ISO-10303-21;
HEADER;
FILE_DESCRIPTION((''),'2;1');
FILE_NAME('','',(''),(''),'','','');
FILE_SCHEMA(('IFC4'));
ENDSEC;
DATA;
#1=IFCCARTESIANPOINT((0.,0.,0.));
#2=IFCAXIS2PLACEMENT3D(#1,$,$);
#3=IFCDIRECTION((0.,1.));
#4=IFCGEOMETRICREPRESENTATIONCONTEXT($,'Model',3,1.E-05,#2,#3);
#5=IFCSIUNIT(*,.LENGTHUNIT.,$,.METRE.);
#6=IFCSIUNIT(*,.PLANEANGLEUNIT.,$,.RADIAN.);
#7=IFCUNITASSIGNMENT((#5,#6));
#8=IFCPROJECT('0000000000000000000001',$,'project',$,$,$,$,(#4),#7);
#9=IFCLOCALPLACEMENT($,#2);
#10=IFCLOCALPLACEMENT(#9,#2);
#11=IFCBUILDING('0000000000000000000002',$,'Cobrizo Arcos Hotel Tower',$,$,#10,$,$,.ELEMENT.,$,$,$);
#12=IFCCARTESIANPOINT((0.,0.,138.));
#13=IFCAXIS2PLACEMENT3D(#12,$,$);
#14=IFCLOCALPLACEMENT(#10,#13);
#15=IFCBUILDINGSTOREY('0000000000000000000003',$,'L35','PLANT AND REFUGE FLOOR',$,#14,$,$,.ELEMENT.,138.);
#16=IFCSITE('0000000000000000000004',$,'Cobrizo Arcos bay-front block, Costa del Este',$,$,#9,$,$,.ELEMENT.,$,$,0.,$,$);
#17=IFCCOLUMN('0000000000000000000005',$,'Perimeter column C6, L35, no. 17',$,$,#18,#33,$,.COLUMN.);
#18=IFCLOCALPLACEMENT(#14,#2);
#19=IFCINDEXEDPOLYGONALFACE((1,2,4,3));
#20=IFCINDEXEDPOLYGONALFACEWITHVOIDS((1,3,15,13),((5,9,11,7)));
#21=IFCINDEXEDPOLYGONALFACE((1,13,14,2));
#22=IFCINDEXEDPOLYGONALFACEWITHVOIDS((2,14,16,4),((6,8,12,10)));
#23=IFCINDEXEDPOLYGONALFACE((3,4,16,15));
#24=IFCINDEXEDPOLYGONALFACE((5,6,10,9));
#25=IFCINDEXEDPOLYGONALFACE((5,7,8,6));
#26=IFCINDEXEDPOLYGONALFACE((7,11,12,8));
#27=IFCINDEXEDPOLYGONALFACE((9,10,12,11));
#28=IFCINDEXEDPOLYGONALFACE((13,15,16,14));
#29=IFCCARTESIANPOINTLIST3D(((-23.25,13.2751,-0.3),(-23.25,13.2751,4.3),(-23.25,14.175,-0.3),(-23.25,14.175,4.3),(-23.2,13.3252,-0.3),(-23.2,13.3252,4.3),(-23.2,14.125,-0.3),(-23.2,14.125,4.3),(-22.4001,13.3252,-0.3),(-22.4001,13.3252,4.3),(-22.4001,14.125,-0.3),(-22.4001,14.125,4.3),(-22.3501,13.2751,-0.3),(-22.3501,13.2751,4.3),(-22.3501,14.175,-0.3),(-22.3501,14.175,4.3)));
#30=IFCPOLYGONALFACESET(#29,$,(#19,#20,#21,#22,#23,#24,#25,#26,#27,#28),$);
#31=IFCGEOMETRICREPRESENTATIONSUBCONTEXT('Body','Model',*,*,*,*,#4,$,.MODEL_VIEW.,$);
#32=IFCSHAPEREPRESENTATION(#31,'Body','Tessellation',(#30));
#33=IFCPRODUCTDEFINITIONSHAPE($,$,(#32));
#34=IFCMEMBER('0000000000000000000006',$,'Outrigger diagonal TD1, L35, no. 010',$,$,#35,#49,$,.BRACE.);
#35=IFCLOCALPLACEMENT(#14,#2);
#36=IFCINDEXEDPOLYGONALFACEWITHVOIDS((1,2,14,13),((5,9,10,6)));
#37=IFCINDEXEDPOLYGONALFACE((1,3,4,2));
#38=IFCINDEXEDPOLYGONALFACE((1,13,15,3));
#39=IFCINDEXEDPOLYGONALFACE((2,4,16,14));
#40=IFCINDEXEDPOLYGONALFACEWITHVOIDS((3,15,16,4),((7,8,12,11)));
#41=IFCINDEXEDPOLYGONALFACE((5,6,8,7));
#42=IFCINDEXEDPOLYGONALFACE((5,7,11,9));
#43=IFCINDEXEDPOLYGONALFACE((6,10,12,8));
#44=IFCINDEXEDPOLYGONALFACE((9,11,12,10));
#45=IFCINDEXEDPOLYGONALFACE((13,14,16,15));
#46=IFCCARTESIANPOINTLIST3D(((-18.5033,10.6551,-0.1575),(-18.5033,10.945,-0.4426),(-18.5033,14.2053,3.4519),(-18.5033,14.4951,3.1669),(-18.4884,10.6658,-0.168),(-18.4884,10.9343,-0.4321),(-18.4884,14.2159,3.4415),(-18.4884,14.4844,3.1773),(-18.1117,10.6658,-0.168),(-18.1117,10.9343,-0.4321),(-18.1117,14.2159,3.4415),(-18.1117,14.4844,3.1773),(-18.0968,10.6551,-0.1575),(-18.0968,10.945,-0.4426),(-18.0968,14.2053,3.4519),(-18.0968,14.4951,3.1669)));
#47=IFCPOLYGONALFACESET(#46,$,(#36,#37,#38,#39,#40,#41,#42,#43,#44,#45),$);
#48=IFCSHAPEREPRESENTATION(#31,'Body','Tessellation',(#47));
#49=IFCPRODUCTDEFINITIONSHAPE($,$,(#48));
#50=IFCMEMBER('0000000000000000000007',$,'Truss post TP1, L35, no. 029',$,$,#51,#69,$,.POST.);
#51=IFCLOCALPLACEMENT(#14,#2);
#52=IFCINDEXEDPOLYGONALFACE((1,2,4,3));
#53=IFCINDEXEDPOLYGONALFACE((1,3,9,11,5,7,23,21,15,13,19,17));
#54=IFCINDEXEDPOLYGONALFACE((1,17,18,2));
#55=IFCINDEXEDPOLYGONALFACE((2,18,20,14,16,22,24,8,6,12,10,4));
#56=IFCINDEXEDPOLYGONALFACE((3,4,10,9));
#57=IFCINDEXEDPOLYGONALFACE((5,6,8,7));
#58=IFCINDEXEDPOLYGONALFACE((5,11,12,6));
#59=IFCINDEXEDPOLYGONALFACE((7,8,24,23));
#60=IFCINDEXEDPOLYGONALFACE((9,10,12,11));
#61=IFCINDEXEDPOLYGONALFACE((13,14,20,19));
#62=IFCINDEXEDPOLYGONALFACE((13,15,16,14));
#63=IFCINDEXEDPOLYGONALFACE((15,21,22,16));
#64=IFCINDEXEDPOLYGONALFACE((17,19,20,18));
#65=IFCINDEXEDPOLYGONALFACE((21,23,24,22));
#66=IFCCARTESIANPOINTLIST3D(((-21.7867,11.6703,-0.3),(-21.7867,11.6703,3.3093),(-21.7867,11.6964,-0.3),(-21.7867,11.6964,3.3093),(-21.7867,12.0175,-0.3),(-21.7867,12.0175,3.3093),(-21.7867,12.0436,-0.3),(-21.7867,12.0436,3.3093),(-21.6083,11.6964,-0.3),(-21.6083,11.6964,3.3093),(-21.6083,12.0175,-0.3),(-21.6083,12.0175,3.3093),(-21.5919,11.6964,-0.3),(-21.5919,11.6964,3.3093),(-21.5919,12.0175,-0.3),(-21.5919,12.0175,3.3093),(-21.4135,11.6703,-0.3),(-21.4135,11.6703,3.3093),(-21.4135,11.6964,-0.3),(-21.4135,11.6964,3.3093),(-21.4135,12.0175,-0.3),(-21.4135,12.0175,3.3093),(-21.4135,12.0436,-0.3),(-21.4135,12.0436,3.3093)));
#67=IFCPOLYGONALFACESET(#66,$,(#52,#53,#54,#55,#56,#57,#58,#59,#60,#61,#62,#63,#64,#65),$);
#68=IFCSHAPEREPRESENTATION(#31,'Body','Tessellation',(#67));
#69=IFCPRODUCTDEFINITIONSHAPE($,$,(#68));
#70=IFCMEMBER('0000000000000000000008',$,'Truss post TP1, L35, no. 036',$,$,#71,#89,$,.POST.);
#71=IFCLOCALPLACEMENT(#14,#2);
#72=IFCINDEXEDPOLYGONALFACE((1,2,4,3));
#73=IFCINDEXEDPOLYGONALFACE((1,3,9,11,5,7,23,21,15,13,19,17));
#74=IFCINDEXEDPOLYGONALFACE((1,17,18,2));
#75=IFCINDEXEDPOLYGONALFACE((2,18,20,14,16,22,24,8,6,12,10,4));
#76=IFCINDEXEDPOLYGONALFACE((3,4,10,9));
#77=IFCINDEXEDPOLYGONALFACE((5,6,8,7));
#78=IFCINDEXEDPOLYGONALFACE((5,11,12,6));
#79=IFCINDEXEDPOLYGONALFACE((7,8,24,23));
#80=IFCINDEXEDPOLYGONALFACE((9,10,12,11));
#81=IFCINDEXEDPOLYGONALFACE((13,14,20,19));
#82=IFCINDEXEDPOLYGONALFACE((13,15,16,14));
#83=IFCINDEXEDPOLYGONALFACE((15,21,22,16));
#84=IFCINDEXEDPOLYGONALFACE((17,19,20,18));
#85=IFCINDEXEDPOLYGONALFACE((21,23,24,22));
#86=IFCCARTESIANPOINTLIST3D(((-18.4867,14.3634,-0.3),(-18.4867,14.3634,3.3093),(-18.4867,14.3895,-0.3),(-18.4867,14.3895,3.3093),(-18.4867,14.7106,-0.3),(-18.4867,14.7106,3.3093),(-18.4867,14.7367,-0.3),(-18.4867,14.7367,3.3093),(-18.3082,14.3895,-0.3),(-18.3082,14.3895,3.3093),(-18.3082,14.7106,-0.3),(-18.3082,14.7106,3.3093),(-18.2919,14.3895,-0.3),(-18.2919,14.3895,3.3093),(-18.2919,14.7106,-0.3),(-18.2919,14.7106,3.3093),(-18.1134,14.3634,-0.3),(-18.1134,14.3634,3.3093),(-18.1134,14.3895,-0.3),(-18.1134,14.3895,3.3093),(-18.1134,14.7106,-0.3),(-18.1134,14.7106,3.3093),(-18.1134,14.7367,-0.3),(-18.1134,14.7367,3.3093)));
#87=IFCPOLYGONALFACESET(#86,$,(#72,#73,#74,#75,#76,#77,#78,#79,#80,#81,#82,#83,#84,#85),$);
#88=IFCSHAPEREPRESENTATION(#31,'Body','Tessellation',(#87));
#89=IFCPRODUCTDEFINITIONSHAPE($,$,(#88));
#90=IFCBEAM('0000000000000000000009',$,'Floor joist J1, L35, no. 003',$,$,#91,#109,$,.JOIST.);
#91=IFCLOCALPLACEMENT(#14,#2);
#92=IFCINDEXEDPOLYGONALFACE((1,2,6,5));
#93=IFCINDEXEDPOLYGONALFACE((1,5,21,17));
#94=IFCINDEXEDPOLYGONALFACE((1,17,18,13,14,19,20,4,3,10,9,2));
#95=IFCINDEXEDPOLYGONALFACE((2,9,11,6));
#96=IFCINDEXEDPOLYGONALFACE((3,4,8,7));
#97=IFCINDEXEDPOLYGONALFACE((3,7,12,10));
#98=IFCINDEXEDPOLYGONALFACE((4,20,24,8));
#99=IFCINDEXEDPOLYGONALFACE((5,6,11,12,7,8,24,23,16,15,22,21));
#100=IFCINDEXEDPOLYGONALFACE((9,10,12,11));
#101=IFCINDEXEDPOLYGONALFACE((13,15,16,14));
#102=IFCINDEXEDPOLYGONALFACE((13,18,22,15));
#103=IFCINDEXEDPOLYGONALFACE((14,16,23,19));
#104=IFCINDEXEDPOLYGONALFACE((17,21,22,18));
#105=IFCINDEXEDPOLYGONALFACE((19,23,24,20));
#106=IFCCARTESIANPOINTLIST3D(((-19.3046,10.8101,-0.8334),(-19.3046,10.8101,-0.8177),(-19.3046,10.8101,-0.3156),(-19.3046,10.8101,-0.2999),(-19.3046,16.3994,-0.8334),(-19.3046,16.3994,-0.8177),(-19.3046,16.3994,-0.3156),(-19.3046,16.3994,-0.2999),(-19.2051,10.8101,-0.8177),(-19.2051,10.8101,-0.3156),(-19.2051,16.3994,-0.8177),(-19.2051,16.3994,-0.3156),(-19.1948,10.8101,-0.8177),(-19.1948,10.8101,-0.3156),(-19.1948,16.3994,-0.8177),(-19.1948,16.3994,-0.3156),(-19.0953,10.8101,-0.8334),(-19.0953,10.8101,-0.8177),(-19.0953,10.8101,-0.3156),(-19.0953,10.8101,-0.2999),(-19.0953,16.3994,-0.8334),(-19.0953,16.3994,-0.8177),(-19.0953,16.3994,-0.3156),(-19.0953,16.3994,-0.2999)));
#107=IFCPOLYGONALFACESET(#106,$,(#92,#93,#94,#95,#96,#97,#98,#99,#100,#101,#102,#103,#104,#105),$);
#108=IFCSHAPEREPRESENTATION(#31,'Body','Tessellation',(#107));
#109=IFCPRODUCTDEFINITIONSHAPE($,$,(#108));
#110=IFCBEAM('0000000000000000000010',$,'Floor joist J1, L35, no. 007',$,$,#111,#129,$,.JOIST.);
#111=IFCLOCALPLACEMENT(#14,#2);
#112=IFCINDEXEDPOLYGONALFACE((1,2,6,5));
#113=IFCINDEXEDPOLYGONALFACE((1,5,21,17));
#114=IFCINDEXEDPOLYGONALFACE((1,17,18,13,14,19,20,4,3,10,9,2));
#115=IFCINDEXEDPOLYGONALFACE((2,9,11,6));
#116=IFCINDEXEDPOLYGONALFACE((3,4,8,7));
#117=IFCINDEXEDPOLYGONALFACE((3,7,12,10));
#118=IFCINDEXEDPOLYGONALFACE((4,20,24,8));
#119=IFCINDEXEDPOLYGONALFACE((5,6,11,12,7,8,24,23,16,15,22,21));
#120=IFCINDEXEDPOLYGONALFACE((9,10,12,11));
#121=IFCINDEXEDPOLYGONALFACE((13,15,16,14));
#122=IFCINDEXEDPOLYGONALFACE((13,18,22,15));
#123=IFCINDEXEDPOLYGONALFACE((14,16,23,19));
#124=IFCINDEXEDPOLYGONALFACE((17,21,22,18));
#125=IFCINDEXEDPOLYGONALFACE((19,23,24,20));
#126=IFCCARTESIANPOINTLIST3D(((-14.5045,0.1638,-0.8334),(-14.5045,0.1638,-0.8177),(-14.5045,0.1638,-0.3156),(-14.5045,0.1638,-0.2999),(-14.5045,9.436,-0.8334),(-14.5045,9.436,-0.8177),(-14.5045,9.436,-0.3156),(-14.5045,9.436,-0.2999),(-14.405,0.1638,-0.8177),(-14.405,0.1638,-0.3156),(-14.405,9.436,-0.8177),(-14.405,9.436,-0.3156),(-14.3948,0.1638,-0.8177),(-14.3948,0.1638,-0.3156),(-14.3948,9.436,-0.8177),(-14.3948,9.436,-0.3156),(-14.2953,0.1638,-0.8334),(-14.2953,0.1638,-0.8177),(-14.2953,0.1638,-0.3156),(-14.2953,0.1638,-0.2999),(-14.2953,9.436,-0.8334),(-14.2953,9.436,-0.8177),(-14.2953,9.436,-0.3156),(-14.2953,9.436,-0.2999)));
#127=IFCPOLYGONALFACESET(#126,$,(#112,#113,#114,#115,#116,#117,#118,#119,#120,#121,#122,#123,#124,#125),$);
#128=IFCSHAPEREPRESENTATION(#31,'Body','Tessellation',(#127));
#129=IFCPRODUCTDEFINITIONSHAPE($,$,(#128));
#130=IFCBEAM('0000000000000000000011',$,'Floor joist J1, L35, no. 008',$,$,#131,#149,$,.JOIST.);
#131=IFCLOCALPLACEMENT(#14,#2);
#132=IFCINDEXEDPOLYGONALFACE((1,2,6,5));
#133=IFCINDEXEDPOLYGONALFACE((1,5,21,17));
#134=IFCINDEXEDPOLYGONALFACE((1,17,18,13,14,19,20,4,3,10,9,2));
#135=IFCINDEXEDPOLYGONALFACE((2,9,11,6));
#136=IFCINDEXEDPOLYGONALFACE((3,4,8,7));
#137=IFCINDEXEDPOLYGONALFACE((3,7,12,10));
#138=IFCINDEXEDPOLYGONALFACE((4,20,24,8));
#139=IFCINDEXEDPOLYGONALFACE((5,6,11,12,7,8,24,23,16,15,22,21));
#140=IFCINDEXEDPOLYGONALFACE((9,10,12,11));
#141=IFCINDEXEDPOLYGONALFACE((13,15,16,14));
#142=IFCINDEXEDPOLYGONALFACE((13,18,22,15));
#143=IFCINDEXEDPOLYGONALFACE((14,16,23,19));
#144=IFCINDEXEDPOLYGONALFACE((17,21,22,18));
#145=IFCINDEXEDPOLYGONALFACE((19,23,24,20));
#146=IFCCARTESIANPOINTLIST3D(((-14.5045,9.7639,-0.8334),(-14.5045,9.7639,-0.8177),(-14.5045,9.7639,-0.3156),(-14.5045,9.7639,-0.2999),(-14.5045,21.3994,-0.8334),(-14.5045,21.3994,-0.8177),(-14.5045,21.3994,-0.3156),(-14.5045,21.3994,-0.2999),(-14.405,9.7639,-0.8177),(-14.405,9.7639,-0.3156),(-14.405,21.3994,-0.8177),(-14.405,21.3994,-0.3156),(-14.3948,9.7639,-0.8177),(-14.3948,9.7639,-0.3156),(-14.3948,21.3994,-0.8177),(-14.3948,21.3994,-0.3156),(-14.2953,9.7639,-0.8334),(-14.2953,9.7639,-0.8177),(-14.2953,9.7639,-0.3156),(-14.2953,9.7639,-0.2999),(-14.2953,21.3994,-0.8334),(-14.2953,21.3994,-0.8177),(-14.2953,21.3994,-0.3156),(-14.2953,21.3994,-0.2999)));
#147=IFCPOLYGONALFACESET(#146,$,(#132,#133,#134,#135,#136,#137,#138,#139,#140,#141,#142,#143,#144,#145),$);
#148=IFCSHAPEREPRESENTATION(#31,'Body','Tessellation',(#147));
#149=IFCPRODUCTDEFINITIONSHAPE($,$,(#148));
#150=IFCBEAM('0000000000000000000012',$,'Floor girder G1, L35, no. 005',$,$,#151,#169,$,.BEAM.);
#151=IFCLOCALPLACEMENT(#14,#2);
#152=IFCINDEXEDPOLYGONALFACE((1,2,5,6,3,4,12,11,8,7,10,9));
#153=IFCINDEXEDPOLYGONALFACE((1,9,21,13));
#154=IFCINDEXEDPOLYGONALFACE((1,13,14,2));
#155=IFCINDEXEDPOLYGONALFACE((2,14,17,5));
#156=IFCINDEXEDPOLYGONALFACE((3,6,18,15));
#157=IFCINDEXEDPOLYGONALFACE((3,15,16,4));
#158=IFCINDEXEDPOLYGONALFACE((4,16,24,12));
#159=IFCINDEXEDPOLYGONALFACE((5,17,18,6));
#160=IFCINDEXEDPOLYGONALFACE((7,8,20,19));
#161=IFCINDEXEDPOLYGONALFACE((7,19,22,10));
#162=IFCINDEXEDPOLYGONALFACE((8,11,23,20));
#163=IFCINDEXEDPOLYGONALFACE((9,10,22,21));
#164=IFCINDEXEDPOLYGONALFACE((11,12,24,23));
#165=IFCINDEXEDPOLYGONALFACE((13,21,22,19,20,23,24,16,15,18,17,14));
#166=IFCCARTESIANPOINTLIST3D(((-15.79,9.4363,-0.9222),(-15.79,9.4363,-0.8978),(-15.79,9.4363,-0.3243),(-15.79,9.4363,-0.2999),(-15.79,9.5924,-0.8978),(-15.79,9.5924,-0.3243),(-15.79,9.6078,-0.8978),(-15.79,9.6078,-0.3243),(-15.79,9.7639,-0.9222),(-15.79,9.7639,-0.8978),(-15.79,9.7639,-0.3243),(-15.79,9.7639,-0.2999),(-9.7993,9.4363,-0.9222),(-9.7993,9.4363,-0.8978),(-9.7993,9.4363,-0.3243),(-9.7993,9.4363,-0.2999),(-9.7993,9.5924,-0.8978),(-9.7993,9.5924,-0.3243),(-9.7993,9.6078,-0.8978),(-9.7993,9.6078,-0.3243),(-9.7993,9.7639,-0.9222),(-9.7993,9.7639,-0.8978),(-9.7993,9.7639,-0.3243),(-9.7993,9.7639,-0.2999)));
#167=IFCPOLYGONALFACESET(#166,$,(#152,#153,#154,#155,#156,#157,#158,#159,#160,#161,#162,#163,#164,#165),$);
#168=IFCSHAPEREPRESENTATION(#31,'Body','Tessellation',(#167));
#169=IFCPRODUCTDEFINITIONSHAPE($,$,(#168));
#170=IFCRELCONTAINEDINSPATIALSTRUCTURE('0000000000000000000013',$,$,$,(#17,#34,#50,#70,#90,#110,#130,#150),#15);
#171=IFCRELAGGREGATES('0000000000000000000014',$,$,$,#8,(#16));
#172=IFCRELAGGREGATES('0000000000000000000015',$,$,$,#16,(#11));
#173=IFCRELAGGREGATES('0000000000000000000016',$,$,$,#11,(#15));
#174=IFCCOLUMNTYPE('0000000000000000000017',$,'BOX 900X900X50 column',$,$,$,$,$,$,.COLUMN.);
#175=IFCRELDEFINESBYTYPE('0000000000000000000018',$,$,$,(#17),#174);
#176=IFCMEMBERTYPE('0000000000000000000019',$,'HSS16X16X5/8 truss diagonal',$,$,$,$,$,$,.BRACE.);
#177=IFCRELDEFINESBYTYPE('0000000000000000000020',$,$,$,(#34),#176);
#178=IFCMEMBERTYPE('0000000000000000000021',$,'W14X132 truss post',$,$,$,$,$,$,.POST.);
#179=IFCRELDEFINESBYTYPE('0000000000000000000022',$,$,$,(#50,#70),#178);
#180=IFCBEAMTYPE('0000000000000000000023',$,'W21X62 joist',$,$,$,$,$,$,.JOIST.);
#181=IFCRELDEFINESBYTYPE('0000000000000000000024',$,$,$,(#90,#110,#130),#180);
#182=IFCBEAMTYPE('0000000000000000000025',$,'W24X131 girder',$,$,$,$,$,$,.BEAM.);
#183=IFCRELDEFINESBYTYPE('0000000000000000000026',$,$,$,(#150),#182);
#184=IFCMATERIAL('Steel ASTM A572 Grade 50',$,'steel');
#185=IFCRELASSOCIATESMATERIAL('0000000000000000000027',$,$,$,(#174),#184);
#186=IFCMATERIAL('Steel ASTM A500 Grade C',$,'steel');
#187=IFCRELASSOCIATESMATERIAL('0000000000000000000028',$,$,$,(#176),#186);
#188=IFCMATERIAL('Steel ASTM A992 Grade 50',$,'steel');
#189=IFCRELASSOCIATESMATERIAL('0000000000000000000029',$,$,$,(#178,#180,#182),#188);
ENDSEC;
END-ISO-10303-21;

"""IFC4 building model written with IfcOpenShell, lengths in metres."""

from ifc_helpers import new_model, si_unit, direction, frame, origin, origin_2d, place, context, subcontext, project, spatial, hollow_rectangle, i_section, extrude, material, material_profile, profile_set, type_object, element, save


model = new_model("IFC4")

# Units and contexts
model_context = context("Model", 3, precision=1e-05, world=origin(), true_north=direction((0.0, 1.0)))
body_context = subcontext(model_context, "Body", "Model", "MODEL_VIEW")
ifc_project = project(units=[si_unit("LENGTHUNIT", "METRE"), si_unit("PLANEANGLEUNIT", "RADIAN")], contexts=[model_context])

# Site, building, storey
site_placement = place(None, origin())
site = spatial("IfcSite", under=ifc_project, at=site_placement, Name="Cobrizo Arcos bay-front block, Costa del Este", CompositionType="ELEMENT", RefElevation=0.0)
building_placement = place(site_placement, origin())
building = spatial("IfcBuilding", under=site, at=building_placement, Name="Cobrizo Arcos Hotel Tower", CompositionType="ELEMENT")
storey_placement = place(building_placement, frame((0.0, 0.0, 138.0)))
storey = spatial("IfcBuildingStorey", under=building, at=storey_placement, Name="L35", Description="PLANT AND REFUGE FLOOR", CompositionType="ELEMENT", Elevation=138.0)

# Column
ifc_material_1 = material(Name="Steel ASTM A572 Grade 50", Category="steel")
ifc_material_profile_1 = material_profile(ifc_material_1, hollow_rectangle(XDim=0.8999, YDim=0.8999, WallThickness=0.05, at=origin_2d()), Name="BOX 900X900X50")
ifc_profile_set_1 = profile_set([ifc_material_profile_1], Name="Steel ASTM A572 Grade 50")
column_type = type_object("IfcColumnType", Name="BOX 900X900X50 column", PredefinedType="COLUMN", material=ifc_profile_set_1)
column_placement = place(storey_placement, frame((-22.8, 13.7251, -0.3), z_axis=(0.0, 0.0, 1.0), x_axis=(1.0, 0.0, 0.0)))
element("IfcColumn", 1, at=column_placement, inside=storey, type_object=column_type, Name="Perimeter column C6, L35, no. 17", PredefinedType="COLUMN", context=body_context, shape_type="SweptSolid", body=[
    extrude(hollow_rectangle(XDim=0.8999, YDim=0.8999, WallThickness=0.05, at=origin_2d()), origin(), (0.0, 0.0, 1.0), 4.6001),
])

# Members
ifc_material_2 = material(Name="Steel ASTM A500 Grade C", Category="steel")
ifc_material_profile_2 = material_profile(ifc_material_2, hollow_rectangle(XDim=0.4065, YDim=0.4065, WallThickness=0.0149, at=origin_2d()), Name="HSS16X16X5/8")
ifc_profile_set_2 = profile_set([ifc_material_profile_2], Name="Steel ASTM A500 Grade C")
member_type_1 = type_object("IfcMemberType", Name="HSS16X16X5/8 truss diagonal", PredefinedType="BRACE", material=ifc_profile_set_2)
member_1_placement = place(storey_placement, frame((-18.3, 10.8, -0.3), z_axis=(0.0, 0.701223, 0.712942), x_axis=(-1.0, 0.0, 0.0)))
element("IfcMember", 2, at=member_1_placement, inside=storey, type_object=member_type_1, Name="Outrigger diagonal TD1, L35, no. 010", PredefinedType="BRACE", context=body_context, shape_type="SweptSolid", body=[
    extrude(hollow_rectangle(XDim=0.4065, YDim=0.4065, WallThickness=0.0149, at=origin_2d()), origin(), (0.0, 0.0, 1.0), 5.0627),
])
ifc_material_3 = material(Name="Steel ASTM A992 Grade 50", Category="steel")
ifc_material_profile_3 = material_profile(ifc_material_3, i_section(OverallWidth=0.3733, OverallDepth=0.3733, WebThickness=0.0164, FlangeThickness=0.0261, at=origin_2d()), Name="W14X132")
ifc_profile_set_3 = profile_set([ifc_material_profile_3], Name="Steel ASTM A992 Grade 50")
member_type_2 = type_object("IfcMemberType", Name="W14X132 truss post", PredefinedType="POST", material=ifc_profile_set_3)
for number, where, z_axis, x_axis, name in (
    (3, (-21.6001, 11.8569, -0.3), (0.0, 0.0, 1.0), (1.0, 0.0, 0.0), "Truss post TP1, L35, no. 029"),
    (4, (-18.3, 14.55, -0.3), (0.0, 0.0, 1.0), (1.0, 0.0, 0.0), "Truss post TP1, L35, no. 036"),
):
    element("IfcMember", number, at=place(storey_placement, frame(where, z_axis=z_axis, x_axis=x_axis)), inside=storey, type_object=member_type_2, Name=name, PredefinedType="POST", context=body_context, shape_type="SweptSolid", body=[
        extrude(i_section(OverallWidth=0.3733, OverallDepth=0.3733, WebThickness=0.0164, FlangeThickness=0.0261, at=origin_2d()), origin(), (0.0, 0.0, 1.0), 3.6094),
    ])

# Beams
ifc_material_profile_4 = material_profile(ifc_material_3, i_section(OverallWidth=0.2092, OverallDepth=0.5334, WebThickness=0.0103, FlangeThickness=0.0156, at=origin_2d()), Name="W21X62")
ifc_profile_set_4 = profile_set([ifc_material_profile_4], Name="Steel ASTM A992 Grade 50")
beam_type_1 = type_object("IfcBeamType", Name="W21X62 joist", PredefinedType="JOIST", material=ifc_profile_set_4)
beam_1_placement = place(storey_placement, frame((-19.2, 10.8101, -0.5667), z_axis=(0.0, 1.0, 0.0), x_axis=(-1.0, 0.0, 0.0)))
element("IfcBeam", 5, at=beam_1_placement, inside=storey, type_object=beam_type_1, Name="Floor joist J1, L35, no. 003", PredefinedType="JOIST", context=body_context, shape_type="SweptSolid", body=[
    extrude(i_section(OverallWidth=0.2092, OverallDepth=0.5334, WebThickness=0.0103, FlangeThickness=0.0156, at=origin_2d()), origin(), (0.0, 0.0, 1.0), 5.5894),
])
beam_2_placement = place(storey_placement, frame((-14.3999, 0.1638, -0.5667), z_axis=(0.0, 1.0, 0.0), x_axis=(-1.0, 0.0, 0.0)))
element("IfcBeam", 6, at=beam_2_placement, inside=storey, type_object=beam_type_1, Name="Floor joist J1, L35, no. 007", PredefinedType="JOIST", context=body_context, shape_type="SweptSolid", body=[
    extrude(i_section(OverallWidth=0.2092, OverallDepth=0.5334, WebThickness=0.0103, FlangeThickness=0.0156, at=origin_2d()), origin(), (0.0, 0.0, 1.0), 9.2722),
])
beam_3_placement = place(storey_placement, frame((-14.3999, 9.7639, -0.5667), z_axis=(0.0, 1.0, 0.0), x_axis=(-1.0, 0.0, 0.0)))
element("IfcBeam", 7, at=beam_3_placement, inside=storey, type_object=beam_type_1, Name="Floor joist J1, L35, no. 008", PredefinedType="JOIST", context=body_context, shape_type="SweptSolid", body=[
    extrude(i_section(OverallWidth=0.2092, OverallDepth=0.5334, WebThickness=0.0103, FlangeThickness=0.0156, at=origin_2d()), origin(), (0.0, 0.0, 1.0), 11.6355),
])
ifc_material_profile_5 = material_profile(ifc_material_3, i_section(OverallWidth=0.3276, OverallDepth=0.6223, WebThickness=0.0154, FlangeThickness=0.0244, at=origin_2d()), Name="W24X131")
ifc_profile_set_5 = profile_set([ifc_material_profile_5], Name="Steel ASTM A992 Grade 50")
beam_type_2 = type_object("IfcBeamType", Name="W24X131 girder", PredefinedType="BEAM", material=ifc_profile_set_5)
beam_4_placement = place(storey_placement, frame((-15.79, 9.6001, -0.6111), z_axis=(1.0, 0.0, 0.0), x_axis=(0.0, 1.0, 0.0)))
element("IfcBeam", 8, at=beam_4_placement, inside=storey, type_object=beam_type_2, Name="Floor girder G1, L35, no. 005", PredefinedType="BEAM", context=body_context, shape_type="SweptSolid", body=[
    extrude(i_section(OverallWidth=0.3276, OverallDepth=0.6223, WebThickness=0.0154, FlangeThickness=0.0244, at=origin_2d()), origin(), (0.0, 0.0, 1.0), 5.9907),
])

save(model, "model.ifc")
